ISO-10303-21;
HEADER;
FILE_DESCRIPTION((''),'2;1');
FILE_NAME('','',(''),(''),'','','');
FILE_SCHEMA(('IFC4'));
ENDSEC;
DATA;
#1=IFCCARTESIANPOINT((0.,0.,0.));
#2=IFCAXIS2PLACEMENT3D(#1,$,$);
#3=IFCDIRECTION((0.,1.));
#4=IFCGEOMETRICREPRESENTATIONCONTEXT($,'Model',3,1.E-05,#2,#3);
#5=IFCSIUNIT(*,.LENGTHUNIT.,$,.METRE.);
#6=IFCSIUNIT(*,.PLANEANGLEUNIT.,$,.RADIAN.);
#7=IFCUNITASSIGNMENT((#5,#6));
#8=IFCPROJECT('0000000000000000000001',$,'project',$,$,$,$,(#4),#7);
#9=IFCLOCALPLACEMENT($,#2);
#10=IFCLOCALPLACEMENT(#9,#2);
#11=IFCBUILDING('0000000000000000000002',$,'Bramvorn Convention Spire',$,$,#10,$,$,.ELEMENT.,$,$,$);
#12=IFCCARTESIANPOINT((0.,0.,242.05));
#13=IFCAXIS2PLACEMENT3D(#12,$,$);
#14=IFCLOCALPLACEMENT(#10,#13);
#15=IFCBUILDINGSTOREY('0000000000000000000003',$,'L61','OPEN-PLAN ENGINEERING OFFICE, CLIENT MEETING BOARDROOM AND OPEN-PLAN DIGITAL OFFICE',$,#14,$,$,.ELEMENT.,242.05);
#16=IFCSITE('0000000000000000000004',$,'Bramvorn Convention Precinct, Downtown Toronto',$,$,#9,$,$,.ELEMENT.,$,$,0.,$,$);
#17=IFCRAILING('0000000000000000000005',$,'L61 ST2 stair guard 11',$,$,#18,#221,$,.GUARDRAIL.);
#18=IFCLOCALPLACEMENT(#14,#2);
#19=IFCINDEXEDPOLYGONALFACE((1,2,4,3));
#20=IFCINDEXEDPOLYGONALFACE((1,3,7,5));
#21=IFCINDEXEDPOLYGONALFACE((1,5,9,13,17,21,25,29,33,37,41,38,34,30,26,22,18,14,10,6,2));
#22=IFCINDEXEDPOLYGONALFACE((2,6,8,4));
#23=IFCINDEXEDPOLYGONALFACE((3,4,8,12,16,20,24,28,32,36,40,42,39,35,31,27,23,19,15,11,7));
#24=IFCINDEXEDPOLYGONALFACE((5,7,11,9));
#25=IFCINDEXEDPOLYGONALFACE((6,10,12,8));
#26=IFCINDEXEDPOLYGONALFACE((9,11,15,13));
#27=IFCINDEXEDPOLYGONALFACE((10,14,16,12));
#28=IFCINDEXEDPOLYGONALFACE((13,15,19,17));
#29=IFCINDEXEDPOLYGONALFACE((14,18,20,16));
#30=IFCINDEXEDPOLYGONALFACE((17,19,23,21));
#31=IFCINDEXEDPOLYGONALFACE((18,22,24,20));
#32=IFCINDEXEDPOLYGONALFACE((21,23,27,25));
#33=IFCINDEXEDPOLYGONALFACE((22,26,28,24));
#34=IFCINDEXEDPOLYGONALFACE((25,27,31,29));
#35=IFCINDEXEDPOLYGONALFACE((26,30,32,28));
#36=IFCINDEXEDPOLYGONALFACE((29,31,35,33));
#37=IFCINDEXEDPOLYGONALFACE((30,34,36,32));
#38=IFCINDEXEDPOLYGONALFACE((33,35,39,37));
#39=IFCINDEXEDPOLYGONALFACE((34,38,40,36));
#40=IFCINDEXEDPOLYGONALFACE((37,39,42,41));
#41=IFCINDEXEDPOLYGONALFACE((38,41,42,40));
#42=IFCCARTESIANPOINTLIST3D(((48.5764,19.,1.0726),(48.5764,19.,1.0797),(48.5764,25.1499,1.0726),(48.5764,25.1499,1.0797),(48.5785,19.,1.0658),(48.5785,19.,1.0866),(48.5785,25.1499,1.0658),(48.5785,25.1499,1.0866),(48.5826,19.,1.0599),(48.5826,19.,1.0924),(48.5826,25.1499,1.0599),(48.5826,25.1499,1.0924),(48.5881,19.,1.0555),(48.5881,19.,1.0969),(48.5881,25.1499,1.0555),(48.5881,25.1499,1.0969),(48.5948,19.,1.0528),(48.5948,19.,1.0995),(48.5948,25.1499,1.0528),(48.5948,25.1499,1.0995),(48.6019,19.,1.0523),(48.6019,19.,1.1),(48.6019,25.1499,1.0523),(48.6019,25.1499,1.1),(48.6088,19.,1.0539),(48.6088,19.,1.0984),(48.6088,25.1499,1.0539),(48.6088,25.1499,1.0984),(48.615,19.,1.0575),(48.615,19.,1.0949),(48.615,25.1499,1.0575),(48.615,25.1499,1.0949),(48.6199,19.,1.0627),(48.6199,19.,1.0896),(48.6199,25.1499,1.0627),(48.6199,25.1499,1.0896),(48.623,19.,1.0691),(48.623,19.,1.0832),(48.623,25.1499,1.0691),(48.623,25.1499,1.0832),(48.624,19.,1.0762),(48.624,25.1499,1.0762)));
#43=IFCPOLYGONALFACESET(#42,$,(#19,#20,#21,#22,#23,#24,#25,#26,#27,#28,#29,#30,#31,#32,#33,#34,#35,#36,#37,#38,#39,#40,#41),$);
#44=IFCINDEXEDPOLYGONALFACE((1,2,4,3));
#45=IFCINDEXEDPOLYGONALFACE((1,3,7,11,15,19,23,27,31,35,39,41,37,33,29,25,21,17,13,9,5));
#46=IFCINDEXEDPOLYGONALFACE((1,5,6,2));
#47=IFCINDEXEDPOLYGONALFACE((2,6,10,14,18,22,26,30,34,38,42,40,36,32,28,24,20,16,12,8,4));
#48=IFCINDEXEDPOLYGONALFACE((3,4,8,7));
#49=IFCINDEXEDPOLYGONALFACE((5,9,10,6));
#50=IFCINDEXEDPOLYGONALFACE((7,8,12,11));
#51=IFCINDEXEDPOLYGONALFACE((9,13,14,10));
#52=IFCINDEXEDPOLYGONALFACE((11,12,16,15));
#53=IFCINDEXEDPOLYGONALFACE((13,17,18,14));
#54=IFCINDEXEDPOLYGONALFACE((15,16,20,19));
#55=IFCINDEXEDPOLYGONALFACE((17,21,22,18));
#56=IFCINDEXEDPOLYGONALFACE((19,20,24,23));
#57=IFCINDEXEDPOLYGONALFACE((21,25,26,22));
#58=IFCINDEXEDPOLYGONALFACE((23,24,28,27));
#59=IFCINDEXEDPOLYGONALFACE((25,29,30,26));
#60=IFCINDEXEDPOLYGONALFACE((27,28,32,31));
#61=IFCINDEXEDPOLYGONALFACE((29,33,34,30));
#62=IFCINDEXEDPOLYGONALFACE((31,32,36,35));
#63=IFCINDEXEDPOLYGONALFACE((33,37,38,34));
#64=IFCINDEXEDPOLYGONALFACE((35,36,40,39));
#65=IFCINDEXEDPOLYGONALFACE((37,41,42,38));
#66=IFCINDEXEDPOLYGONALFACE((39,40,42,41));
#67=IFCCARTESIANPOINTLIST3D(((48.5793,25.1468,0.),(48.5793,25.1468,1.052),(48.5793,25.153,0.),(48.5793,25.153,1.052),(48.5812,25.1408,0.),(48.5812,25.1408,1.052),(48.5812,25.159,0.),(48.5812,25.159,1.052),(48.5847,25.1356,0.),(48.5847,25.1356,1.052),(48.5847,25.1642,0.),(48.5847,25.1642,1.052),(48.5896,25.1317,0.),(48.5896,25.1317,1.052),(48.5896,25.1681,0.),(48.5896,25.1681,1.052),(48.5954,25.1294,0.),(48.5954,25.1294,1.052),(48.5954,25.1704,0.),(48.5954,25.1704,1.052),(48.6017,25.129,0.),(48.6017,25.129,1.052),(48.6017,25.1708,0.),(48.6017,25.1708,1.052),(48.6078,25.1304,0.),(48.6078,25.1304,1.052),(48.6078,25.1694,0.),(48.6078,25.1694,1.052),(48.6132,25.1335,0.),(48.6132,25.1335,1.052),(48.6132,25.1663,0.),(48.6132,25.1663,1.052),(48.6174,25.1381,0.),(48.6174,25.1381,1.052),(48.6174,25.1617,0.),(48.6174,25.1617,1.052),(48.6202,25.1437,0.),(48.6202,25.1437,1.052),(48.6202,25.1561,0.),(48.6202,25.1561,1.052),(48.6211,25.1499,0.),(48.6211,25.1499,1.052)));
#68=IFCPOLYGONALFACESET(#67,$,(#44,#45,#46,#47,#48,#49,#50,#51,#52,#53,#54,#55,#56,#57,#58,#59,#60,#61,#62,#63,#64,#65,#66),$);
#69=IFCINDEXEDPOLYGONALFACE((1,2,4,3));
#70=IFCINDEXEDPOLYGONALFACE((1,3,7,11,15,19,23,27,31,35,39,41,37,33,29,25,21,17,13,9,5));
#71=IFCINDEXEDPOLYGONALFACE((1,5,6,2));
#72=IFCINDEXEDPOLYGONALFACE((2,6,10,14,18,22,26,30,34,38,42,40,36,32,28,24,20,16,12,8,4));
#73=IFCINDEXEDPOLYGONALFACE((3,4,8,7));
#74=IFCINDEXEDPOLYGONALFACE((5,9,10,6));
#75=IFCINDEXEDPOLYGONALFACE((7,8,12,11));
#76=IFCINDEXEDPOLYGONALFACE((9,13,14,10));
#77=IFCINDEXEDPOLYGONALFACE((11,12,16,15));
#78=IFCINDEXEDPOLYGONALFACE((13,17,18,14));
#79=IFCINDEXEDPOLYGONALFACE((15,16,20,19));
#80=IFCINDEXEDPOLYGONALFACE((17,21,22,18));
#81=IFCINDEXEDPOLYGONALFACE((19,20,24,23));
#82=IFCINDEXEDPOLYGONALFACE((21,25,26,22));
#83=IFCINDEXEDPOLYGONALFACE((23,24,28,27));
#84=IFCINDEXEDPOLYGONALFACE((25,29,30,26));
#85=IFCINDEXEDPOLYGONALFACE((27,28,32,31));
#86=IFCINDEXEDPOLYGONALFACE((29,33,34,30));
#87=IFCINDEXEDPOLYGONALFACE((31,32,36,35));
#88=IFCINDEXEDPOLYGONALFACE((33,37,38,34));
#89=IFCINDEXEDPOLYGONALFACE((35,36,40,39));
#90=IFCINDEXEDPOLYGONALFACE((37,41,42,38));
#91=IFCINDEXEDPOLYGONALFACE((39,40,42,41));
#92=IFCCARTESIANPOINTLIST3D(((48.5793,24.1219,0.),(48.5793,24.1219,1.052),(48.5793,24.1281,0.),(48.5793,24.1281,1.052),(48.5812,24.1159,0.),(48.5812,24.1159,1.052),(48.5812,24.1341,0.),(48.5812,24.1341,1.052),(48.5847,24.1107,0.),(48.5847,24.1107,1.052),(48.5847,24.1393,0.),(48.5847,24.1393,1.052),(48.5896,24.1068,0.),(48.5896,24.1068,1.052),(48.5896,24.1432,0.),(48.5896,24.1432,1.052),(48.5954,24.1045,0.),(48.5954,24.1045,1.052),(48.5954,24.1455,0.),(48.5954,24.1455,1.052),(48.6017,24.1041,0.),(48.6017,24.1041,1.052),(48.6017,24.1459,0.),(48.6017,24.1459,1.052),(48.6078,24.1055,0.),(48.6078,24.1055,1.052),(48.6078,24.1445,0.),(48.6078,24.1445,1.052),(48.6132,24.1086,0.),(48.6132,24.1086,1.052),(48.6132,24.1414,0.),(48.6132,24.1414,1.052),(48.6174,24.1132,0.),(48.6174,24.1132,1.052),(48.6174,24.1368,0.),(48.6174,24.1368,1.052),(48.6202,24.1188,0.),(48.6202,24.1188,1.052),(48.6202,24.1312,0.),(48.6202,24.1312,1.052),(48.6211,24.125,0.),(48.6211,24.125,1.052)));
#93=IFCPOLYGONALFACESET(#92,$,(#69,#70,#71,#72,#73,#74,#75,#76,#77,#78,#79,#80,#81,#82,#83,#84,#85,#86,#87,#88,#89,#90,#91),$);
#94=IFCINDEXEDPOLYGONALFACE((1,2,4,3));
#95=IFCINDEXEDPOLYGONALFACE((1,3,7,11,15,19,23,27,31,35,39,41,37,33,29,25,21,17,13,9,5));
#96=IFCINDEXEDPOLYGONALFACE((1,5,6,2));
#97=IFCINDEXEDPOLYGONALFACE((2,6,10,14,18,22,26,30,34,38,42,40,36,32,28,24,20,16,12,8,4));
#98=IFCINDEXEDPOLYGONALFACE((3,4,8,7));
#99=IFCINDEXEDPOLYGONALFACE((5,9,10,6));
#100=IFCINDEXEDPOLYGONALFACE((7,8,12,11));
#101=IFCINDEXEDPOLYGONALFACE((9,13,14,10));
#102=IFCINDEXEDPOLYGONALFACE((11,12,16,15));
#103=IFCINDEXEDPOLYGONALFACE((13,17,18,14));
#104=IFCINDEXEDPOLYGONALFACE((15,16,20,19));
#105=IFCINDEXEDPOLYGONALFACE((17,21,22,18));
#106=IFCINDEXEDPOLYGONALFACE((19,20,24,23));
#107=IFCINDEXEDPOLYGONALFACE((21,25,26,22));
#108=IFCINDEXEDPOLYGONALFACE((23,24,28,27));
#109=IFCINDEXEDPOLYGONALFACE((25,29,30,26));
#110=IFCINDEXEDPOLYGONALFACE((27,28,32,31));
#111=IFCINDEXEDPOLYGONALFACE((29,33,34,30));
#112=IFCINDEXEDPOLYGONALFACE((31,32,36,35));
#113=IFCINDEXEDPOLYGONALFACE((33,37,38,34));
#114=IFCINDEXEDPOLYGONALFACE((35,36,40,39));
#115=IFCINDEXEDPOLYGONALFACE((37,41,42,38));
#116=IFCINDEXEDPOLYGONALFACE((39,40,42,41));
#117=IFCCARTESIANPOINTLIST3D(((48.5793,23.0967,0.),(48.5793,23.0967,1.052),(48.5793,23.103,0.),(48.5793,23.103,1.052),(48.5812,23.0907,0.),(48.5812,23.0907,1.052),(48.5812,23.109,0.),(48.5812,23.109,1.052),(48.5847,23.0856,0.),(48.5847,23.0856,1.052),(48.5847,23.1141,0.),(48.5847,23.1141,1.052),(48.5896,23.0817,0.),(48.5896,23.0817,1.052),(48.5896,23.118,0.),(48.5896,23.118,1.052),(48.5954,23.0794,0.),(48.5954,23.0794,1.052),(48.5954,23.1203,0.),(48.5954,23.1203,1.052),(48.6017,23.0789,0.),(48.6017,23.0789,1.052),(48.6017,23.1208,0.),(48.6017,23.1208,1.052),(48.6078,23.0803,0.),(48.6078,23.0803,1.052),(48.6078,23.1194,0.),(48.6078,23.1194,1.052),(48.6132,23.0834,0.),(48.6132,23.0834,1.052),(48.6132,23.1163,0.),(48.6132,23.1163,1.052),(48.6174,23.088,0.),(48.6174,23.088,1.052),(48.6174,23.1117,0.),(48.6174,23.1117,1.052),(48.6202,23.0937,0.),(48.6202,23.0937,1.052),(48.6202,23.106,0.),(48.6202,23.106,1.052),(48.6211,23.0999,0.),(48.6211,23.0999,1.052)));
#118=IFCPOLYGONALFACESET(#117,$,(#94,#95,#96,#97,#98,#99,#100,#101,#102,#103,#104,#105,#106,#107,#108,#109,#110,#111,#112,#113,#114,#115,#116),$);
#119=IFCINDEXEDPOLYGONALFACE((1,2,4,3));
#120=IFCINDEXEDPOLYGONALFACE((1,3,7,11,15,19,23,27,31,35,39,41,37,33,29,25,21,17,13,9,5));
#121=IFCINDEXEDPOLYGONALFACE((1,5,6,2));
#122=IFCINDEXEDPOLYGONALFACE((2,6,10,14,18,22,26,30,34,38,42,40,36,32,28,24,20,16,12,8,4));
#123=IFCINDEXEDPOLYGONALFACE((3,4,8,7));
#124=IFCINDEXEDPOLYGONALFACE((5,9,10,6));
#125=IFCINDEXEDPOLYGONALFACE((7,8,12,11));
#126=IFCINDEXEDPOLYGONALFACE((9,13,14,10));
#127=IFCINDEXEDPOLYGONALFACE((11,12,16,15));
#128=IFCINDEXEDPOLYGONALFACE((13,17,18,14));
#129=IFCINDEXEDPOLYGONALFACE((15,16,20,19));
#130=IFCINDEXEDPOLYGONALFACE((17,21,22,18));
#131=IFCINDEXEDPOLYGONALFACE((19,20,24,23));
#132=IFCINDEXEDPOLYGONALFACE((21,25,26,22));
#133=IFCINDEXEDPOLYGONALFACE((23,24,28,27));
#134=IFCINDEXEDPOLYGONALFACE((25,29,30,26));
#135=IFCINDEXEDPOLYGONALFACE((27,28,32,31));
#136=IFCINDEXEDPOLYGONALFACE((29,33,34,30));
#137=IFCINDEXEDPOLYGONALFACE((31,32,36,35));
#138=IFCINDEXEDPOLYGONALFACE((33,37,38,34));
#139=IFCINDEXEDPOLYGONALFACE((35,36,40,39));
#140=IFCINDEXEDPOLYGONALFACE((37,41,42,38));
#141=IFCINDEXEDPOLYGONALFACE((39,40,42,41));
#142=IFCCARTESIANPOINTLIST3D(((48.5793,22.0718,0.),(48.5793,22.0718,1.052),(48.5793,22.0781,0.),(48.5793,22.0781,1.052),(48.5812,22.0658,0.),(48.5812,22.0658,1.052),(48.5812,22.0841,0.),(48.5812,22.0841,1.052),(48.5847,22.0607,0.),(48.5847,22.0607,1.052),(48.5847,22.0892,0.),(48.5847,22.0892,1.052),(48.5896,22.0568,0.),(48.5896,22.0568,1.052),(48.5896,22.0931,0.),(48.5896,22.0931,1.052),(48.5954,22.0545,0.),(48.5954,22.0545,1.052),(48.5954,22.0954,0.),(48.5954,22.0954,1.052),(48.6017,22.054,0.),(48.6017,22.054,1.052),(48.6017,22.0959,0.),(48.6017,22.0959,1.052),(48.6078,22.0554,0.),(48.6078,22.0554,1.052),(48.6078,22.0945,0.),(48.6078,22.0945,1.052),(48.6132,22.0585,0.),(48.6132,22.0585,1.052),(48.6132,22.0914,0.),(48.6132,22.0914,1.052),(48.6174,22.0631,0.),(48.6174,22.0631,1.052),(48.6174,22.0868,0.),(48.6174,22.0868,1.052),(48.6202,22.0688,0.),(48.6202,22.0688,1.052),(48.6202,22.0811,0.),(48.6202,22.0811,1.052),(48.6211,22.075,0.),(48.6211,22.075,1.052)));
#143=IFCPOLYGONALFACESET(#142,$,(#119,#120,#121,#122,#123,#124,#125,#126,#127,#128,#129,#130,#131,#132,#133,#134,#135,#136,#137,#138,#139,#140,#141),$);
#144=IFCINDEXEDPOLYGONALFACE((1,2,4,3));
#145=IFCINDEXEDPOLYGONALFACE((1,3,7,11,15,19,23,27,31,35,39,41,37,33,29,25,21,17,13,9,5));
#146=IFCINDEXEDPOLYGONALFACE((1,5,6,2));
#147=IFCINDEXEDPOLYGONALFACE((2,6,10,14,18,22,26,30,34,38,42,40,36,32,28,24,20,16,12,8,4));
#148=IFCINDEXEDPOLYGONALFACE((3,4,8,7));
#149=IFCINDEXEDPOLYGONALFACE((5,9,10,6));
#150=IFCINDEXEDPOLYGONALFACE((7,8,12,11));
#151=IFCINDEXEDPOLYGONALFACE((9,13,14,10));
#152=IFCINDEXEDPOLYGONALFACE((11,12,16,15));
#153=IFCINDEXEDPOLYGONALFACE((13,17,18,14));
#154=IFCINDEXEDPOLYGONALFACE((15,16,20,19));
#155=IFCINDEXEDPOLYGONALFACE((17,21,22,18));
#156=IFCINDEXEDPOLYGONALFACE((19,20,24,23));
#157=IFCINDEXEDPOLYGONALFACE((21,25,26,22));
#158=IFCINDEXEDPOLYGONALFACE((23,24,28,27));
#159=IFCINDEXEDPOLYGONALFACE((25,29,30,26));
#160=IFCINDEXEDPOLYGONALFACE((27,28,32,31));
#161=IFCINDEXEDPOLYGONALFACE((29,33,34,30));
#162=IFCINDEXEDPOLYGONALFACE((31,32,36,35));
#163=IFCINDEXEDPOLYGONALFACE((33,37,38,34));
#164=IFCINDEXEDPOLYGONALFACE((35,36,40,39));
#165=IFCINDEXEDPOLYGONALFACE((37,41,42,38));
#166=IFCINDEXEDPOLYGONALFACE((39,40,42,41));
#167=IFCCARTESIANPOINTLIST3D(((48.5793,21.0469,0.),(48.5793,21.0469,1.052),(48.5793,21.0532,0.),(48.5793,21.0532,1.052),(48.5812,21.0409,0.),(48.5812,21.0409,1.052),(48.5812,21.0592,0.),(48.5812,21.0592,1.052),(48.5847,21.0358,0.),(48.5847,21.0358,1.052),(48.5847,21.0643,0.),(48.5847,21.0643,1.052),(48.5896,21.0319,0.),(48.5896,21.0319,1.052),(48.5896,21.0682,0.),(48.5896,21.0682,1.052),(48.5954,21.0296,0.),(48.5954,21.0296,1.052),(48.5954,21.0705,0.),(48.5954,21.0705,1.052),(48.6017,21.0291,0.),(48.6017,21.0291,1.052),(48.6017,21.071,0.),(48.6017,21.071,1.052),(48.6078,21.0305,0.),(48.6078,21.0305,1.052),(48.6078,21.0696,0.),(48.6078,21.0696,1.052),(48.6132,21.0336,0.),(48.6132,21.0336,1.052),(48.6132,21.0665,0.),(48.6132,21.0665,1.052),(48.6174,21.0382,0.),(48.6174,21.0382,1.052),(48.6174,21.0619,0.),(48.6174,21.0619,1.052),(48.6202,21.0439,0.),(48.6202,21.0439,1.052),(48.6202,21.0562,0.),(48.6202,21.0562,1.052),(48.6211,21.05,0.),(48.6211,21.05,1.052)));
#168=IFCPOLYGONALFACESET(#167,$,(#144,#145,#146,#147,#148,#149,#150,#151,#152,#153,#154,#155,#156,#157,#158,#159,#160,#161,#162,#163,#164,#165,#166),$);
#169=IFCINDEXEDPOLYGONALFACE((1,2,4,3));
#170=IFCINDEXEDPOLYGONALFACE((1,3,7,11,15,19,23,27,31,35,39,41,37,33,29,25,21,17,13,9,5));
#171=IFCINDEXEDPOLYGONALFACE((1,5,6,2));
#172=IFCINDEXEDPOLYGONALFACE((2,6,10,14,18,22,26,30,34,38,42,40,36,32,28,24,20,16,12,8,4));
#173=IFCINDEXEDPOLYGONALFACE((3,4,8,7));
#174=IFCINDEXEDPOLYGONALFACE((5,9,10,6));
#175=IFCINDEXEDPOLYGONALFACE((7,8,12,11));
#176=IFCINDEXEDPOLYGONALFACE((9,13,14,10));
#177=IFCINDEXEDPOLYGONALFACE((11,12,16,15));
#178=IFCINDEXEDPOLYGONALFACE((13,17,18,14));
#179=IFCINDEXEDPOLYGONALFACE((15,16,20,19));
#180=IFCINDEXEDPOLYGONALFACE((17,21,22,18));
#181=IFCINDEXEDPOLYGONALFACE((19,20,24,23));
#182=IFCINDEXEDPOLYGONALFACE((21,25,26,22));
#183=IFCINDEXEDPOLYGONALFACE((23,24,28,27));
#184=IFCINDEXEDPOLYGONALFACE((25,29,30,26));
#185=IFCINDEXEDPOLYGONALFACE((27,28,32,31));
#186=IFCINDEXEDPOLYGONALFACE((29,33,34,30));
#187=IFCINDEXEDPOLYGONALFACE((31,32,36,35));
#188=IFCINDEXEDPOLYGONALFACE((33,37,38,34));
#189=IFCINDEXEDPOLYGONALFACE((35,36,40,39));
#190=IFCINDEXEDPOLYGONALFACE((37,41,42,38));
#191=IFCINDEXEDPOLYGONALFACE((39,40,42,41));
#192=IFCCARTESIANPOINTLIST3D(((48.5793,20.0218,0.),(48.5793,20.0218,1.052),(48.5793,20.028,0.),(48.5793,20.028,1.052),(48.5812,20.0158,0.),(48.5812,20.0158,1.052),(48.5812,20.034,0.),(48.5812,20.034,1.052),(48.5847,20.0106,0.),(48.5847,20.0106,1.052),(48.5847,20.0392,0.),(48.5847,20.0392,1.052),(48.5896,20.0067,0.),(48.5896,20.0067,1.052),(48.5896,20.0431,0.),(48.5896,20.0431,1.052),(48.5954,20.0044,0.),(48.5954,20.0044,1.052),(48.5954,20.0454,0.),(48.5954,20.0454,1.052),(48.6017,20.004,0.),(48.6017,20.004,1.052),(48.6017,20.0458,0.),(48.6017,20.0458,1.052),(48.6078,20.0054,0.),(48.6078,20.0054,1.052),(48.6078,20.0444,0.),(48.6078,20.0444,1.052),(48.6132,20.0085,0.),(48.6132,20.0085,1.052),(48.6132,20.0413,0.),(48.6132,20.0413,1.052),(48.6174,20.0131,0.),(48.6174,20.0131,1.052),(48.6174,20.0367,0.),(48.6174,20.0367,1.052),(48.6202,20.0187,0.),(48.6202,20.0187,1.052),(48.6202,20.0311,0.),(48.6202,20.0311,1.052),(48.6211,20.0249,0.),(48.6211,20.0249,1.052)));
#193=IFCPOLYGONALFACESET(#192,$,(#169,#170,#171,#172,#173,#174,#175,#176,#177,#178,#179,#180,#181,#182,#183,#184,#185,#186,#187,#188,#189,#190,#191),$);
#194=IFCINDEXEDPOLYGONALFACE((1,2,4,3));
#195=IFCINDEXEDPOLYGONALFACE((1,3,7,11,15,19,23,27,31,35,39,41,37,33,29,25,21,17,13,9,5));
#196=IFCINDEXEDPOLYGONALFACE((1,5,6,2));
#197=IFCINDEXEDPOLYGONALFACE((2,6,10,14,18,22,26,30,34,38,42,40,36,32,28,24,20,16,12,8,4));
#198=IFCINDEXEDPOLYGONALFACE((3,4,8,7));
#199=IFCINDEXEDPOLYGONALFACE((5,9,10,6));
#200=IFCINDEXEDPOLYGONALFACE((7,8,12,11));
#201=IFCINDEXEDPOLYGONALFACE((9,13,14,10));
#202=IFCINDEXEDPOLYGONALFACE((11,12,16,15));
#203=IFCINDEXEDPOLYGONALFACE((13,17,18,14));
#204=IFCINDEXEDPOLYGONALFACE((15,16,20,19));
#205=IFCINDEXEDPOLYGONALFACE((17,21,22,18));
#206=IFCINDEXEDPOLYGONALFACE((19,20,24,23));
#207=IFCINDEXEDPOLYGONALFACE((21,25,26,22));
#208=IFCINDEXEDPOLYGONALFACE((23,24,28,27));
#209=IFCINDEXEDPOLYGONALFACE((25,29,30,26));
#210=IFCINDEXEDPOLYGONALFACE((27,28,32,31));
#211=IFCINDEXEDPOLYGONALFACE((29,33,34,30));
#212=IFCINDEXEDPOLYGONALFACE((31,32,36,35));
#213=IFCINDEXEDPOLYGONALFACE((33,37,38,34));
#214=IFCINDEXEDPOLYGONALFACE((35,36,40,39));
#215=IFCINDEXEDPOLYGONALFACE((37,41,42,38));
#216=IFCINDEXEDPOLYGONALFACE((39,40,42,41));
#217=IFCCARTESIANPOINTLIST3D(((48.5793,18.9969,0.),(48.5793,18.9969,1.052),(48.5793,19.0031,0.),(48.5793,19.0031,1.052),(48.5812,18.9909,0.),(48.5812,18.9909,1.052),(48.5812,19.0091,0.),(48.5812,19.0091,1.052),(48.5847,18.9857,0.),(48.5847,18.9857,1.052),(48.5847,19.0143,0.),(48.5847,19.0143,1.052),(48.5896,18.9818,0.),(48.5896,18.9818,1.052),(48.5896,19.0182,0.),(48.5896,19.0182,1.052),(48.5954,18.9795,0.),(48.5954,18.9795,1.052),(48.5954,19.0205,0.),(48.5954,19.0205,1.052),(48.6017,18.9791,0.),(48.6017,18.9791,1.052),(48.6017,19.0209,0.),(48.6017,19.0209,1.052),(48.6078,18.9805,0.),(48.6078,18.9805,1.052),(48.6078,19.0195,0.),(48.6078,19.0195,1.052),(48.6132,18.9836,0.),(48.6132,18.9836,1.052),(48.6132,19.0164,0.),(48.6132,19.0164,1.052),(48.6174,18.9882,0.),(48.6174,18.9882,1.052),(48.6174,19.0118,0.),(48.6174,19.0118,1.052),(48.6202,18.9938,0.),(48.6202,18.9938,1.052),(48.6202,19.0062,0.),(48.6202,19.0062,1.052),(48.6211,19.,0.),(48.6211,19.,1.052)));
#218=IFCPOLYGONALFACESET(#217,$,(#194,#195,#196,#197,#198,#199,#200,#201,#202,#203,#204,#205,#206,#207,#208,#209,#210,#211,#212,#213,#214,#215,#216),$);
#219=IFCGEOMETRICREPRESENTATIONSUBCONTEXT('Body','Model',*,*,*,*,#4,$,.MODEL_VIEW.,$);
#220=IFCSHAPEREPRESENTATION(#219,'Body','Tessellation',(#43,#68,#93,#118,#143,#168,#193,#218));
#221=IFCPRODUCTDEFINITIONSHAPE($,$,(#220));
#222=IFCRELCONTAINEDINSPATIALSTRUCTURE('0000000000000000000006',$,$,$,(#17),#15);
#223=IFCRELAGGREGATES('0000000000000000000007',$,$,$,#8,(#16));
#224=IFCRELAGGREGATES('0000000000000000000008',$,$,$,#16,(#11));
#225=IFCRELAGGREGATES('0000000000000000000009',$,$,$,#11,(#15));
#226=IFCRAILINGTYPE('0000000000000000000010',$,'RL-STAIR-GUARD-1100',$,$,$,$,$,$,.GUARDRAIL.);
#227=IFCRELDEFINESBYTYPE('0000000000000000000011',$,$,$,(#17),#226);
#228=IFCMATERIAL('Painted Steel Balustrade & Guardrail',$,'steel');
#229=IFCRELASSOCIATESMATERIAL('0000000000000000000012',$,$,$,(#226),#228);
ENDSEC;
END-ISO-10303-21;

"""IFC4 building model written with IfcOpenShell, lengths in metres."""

from ifc_helpers import new_model, si_unit, direction, frame, origin, origin_2d, place, context, subcontext, project, spatial, circle, extrude, material, type_object, element, save


model = new_model("IFC4")

# Units and contexts
model_context = context("Model", 3, precision=1e-05, world=origin(), true_north=direction((0.0, 1.0)))
body_context = subcontext(model_context, "Body", "Model", "MODEL_VIEW")
ifc_project = project(units=[si_unit("LENGTHUNIT", "METRE"), si_unit("PLANEANGLEUNIT", "RADIAN")], contexts=[model_context])

# Site, building, storey
site_placement = place(None, origin())
site = spatial("IfcSite", under=ifc_project, at=site_placement, Name="Bramvorn Convention Precinct, Downtown Toronto", CompositionType="ELEMENT", RefElevation=0.0)
building_placement = place(site_placement, origin())
building = spatial("IfcBuilding", under=site, at=building_placement, Name="Bramvorn Convention Spire", CompositionType="ELEMENT")
storey_placement = place(building_placement, frame((0.0, 0.0, 242.05)))
storey = spatial("IfcBuildingStorey", under=building, at=storey_placement, Name="L61", Description="OPEN-PLAN ENGINEERING OFFICE, CLIENT MEETING BOARDROOM AND OPEN-PLAN DIGITAL OFFICE", CompositionType="ELEMENT", Elevation=242.05)

# Railing
ifc_material_1 = material(Name="Painted Steel Balustrade & Guardrail", Category="steel")
railing_type = type_object("IfcRailingType", Name="RL-STAIR-GUARD-1100", PredefinedType="GUARDRAIL", material=ifc_material_1)
railing_1_placement = place(storey_placement, frame((48.6001, 25.1499, 0.0)))
element("IfcRailing", 1, at=railing_1_placement, inside=storey, type_object=railing_type, Name="L61 ST2 stair guard 11", PredefinedType="GUARDRAIL", context=body_context, shape_type="SweptSolid", body=[
    extrude(circle(Radius=0.0239, at=origin_2d()), frame((0.0, 0.0, 1.0762), z_axis=(0.0, -1.0, 0.0), x_axis=(1.0, 0.0, 0.0)), (0.0, 0.0, 1.0), 6.1499),
    extrude(circle(Radius=0.021, at=origin_2d()), origin(), (0.0, 0.0, 1.0), 1.052),
    extrude(circle(Radius=0.021, at=origin_2d()), frame((0.0, -1.0249, 0.0)), (0.0, 0.0, 1.0), 1.052),
    extrude(circle(Radius=0.021, at=origin_2d()), frame((0.0, -2.05, 0.0)), (0.0, 0.0, 1.0), 1.052),
    extrude(circle(Radius=0.021, at=origin_2d()), frame((0.0, -3.075, 0.0)), (0.0, 0.0, 1.0), 1.052),
    extrude(circle(Radius=0.021, at=origin_2d()), frame((0.0, -4.0999, 0.0)), (0.0, 0.0, 1.0), 1.052),
    extrude(circle(Radius=0.021, at=origin_2d()), frame((0.0, -5.125, 0.0)), (0.0, 0.0, 1.0), 1.052),
    extrude(circle(Radius=0.021, at=origin_2d()), frame((0.0, -6.1499, 0.0)), (0.0, 0.0, 1.0), 1.052),
])

save(model, "model.ifc")
